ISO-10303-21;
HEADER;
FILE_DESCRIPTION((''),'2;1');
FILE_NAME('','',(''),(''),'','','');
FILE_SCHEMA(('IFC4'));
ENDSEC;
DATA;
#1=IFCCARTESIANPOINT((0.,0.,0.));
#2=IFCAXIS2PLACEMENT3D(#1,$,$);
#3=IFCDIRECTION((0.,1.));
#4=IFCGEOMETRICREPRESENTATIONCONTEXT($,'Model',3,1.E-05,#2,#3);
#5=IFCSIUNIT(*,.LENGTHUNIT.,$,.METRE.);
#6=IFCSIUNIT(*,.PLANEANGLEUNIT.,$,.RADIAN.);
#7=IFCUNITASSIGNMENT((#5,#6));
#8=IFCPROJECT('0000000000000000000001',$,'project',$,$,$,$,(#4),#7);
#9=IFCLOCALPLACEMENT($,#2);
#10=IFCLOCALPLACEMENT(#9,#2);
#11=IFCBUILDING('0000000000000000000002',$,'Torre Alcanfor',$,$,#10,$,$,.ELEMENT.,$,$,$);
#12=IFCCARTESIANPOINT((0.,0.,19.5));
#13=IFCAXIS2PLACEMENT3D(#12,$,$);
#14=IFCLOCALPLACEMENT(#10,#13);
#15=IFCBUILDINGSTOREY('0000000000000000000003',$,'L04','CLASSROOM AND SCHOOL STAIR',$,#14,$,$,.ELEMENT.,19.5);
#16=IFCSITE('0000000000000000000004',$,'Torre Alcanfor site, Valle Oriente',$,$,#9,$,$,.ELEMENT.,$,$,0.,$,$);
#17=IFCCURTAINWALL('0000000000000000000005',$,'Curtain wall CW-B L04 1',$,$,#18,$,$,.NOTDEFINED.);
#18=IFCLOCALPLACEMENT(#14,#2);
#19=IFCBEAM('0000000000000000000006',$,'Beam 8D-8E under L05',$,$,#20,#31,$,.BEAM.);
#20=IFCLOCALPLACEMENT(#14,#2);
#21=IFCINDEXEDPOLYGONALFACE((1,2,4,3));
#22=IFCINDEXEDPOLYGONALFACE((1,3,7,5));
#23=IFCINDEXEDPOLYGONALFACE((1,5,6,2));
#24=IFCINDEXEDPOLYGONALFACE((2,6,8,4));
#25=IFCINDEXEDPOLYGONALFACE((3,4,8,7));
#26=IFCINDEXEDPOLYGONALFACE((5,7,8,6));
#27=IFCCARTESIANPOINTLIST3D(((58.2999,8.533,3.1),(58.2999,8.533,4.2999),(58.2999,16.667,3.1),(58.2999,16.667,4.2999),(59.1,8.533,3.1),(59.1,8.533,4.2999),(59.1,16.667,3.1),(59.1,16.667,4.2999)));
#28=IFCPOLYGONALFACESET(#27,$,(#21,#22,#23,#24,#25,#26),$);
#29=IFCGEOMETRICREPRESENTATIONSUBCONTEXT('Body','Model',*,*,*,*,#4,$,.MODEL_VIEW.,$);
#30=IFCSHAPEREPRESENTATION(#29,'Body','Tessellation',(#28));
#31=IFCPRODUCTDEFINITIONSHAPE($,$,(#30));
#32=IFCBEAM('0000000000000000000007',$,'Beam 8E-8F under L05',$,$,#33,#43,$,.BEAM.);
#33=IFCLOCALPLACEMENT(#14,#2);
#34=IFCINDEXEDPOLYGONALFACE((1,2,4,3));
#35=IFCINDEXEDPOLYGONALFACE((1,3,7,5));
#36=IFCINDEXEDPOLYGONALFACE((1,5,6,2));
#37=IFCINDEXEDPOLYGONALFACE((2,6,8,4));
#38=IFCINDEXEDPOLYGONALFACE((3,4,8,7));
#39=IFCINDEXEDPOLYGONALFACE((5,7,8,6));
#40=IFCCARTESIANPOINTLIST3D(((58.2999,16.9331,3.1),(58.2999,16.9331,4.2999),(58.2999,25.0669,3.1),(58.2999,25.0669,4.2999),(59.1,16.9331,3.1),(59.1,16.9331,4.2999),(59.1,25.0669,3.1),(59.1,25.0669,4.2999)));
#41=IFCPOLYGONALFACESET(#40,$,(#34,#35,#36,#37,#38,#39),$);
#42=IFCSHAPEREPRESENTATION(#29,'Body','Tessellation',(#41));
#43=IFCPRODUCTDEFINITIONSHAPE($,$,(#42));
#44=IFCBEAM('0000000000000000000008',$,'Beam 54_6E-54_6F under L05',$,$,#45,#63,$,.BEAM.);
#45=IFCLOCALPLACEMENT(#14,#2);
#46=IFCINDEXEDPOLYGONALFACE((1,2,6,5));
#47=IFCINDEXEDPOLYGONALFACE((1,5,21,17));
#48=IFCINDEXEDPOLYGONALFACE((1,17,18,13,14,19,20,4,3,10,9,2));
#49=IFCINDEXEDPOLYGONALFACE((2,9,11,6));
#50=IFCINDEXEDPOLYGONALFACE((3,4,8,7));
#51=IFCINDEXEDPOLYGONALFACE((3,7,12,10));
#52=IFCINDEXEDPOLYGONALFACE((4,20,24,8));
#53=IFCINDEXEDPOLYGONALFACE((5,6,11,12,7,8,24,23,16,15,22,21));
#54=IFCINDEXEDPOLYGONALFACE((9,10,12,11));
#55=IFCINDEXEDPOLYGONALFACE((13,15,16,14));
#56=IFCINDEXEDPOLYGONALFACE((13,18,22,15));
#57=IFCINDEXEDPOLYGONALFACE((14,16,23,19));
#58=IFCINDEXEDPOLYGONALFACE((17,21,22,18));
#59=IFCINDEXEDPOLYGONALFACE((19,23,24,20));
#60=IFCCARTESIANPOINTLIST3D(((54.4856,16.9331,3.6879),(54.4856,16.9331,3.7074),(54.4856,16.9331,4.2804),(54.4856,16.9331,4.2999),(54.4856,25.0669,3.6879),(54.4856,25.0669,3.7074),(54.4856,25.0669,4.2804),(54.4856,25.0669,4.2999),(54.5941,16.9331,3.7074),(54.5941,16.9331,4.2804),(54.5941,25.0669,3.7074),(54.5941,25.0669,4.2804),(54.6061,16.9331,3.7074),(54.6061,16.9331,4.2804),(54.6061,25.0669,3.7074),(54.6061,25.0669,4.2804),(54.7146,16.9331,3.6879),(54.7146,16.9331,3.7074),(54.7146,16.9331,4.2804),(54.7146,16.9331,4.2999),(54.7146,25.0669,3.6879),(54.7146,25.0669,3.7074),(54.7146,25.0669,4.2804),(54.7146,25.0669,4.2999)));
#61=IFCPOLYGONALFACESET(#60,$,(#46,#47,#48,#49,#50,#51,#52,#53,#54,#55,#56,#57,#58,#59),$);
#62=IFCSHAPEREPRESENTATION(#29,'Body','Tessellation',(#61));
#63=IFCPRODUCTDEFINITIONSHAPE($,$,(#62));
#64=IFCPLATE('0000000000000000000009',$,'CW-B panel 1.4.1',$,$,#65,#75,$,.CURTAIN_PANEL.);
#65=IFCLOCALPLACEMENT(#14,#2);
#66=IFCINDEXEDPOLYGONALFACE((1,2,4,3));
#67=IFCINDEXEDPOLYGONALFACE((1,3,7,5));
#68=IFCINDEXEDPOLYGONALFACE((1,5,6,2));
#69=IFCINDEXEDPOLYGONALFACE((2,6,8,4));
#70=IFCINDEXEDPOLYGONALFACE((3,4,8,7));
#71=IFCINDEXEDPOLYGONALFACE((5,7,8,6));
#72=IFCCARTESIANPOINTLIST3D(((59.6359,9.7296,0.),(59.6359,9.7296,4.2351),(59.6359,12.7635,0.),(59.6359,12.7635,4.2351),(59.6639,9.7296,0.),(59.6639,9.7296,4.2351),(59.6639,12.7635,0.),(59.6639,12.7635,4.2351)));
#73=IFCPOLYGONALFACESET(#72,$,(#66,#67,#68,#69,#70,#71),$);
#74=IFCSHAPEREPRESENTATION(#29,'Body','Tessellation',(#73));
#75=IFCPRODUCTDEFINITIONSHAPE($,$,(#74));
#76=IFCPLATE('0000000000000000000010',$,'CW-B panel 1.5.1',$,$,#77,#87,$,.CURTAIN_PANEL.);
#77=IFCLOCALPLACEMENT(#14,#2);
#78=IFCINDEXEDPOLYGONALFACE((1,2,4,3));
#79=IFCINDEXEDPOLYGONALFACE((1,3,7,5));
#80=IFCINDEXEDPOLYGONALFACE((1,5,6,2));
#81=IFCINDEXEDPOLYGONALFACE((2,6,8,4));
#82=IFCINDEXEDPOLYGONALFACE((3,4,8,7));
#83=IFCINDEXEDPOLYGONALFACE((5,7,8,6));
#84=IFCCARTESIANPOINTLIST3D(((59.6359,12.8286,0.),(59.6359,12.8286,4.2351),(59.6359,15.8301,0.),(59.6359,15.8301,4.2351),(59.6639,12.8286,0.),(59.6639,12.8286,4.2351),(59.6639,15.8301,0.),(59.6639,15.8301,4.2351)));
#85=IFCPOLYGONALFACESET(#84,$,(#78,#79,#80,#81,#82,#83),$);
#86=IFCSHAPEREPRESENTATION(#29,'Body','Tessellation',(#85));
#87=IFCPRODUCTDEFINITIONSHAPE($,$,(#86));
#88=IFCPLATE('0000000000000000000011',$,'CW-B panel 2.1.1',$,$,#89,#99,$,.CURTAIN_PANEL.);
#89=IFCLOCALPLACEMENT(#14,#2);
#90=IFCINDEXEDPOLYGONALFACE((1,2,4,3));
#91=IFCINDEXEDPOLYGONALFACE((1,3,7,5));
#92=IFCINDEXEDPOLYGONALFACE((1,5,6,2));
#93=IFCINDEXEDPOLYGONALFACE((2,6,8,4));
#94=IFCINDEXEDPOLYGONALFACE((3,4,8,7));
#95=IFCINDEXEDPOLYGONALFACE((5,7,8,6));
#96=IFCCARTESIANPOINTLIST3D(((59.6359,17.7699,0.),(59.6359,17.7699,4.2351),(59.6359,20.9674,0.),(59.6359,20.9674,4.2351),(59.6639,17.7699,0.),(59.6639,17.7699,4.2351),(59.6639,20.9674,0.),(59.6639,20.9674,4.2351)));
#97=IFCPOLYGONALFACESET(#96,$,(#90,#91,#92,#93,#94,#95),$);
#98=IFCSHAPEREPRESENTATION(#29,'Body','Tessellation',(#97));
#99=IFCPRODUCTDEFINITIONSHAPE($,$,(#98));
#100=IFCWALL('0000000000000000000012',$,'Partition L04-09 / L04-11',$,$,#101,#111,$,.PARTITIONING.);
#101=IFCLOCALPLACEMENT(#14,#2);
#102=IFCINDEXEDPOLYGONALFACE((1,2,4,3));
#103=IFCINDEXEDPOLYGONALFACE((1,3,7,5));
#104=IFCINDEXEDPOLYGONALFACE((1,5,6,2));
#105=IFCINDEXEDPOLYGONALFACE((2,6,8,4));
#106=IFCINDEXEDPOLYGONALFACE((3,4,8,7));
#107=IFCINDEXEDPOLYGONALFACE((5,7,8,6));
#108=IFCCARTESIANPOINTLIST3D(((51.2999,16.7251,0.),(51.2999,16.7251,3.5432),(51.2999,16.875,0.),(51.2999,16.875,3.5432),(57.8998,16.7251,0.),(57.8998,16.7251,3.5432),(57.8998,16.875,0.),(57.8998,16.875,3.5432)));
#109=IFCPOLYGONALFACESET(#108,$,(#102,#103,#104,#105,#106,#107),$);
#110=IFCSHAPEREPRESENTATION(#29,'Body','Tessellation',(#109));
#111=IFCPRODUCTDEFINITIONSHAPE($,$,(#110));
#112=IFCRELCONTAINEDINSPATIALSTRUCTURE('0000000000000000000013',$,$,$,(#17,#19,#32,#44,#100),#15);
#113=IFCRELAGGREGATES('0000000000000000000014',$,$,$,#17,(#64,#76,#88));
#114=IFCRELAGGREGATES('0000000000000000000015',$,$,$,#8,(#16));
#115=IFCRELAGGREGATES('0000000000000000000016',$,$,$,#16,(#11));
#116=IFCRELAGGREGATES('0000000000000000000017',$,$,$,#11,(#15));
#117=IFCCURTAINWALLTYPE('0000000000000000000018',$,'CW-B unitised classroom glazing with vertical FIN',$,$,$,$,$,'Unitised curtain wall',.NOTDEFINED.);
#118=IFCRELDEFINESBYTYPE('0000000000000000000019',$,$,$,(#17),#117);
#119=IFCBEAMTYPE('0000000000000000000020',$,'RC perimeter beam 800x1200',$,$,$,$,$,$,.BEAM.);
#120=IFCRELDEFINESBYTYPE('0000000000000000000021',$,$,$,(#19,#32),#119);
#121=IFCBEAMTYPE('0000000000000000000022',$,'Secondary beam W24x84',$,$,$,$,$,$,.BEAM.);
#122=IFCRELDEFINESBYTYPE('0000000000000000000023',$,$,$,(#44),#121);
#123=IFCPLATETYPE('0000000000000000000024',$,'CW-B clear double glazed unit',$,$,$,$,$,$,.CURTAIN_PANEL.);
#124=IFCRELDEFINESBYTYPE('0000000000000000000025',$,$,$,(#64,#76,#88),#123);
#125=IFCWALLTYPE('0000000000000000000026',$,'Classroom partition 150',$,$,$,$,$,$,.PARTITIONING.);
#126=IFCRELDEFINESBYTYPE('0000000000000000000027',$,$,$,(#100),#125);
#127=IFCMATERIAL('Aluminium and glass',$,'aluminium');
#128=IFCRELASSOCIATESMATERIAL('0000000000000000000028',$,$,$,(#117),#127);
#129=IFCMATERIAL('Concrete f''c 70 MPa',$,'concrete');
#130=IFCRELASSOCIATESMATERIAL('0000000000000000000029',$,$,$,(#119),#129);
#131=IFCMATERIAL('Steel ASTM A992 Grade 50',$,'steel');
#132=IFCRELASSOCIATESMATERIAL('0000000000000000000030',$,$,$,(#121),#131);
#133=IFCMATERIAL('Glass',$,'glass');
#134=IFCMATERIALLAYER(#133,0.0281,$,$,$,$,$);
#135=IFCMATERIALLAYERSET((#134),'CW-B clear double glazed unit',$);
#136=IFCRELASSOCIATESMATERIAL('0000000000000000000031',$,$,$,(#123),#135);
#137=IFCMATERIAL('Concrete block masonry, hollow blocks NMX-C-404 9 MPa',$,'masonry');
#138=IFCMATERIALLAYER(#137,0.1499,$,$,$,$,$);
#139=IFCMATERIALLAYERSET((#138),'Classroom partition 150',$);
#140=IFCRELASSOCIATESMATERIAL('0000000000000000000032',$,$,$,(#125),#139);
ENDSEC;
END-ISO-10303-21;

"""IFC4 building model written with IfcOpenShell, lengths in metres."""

from ifc_helpers import new_model, si_unit, direction, frame, frame_2d, origin, origin_2d, place, context, subcontext, project, spatial, rectangle, i_section, extrude, material, layer, layer_set, material_profile, profile_set, type_object, element, aggregate, save


model = new_model("IFC4")

# Units and contexts
model_context = context("Model", 3, precision=1e-05, world=origin(), true_north=direction((0.0, 1.0)))
body_context = subcontext(model_context, "Body", "Model", "MODEL_VIEW")
ifc_project = project(units=[si_unit("LENGTHUNIT", "METRE"), si_unit("PLANEANGLEUNIT", "RADIAN")], contexts=[model_context])

# Site, building, storey
site_placement = place(None, origin())
site = spatial("IfcSite", under=ifc_project, at=site_placement, Name="Torre Alcanfor site, Valle Oriente", CompositionType="ELEMENT", RefElevation=0.0)
building_placement = place(site_placement, origin())
building = spatial("IfcBuilding", under=site, at=building_placement, Name="Torre Alcanfor", CompositionType="ELEMENT")
storey_placement = place(building_placement, frame((0.0, 0.0, 19.5)))
storey = spatial("IfcBuildingStorey", under=building, at=storey_placement, Name="L04", Description="CLASSROOM AND SCHOOL STAIR", CompositionType="ELEMENT", Elevation=19.5)

# Curtain wall
ifc_material_1 = material(Name="Aluminium and glass", Category="aluminium")
curtain_wall_type = type_object("IfcCurtainWallType", Name="CW-B unitised classroom glazing with vertical FIN", ElementType="Unitised curtain wall", PredefinedType="NOTDEFINED", material=ifc_material_1)
curtain_wall_placement = place(storey_placement, origin())
curtain_wall = element("IfcCurtainWall", 1, at=curtain_wall_placement, inside=storey, type_object=curtain_wall_type, Name="Curtain wall CW-B L04 1", PredefinedType="NOTDEFINED")

# Beams
ifc_material_2 = material(Name="Concrete f'c 70 MPa", Category="concrete")
ifc_material_profile_1 = material_profile(ifc_material_2, rectangle(XDim=0.8, YDim=1.2, at=origin_2d()), Name="800x1200")
ifc_profile_set_1 = profile_set([ifc_material_profile_1], Name="Concrete f'c 70 MPa")
beam_type_1 = type_object("IfcBeamType", Name="RC perimeter beam 800x1200", PredefinedType="BEAM", material=ifc_profile_set_1)
beam_1_placement = place(storey_placement, frame((58.7, 8.533, 3.7), z_axis=(0.0, 1.0, 0.0), x_axis=(-1.0, 0.0, 0.0)))
element("IfcBeam", 2, at=beam_1_placement, inside=storey, type_object=beam_type_1, Name="Beam 8D-8E under L05", PredefinedType="BEAM", context=body_context, shape_type="SweptSolid", body=[
    extrude(rectangle(XDim=0.8, YDim=1.2, at=origin_2d()), origin(), (0.0, 0.0, 1.0), 8.134),
])
beam_2_placement = place(storey_placement, frame((58.7, 16.9331, 3.7), z_axis=(0.0, 1.0, 0.0), x_axis=(-1.0, 0.0, 0.0)))
element("IfcBeam", 3, at=beam_2_placement, inside=storey, type_object=beam_type_1, Name="Beam 8E-8F under L05", PredefinedType="BEAM", context=body_context, shape_type="SweptSolid", body=[
    extrude(rectangle(XDim=0.8, YDim=1.2, at=origin_2d()), origin(), (0.0, 0.0, 1.0), 8.1338),
])
ifc_material_3 = material(Name="Steel ASTM A992 Grade 50", Category="steel")
ifc_material_profile_2 = material_profile(ifc_material_3, i_section(OverallWidth=0.229, OverallDepth=0.6121, WebThickness=0.012, FlangeThickness=0.0195, at=origin_2d()), Name="W24x84")
ifc_profile_set_2 = profile_set([ifc_material_profile_2], Name="Steel ASTM A992 Grade 50")
beam_type_2 = type_object("IfcBeamType", Name="Secondary beam W24x84", PredefinedType="BEAM", material=ifc_profile_set_2)
beam_3_placement = place(storey_placement, frame((54.6001, 16.9331, 3.9939), z_axis=(0.0, 1.0, 0.0), x_axis=(-1.0, 0.0, 0.0)))
element("IfcBeam", 4, at=beam_3_placement, inside=storey, type_object=beam_type_2, Name="Beam 54_6E-54_6F under L05", PredefinedType="BEAM", context=body_context, shape_type="SweptSolid", body=[
    extrude(i_section(OverallWidth=0.229, OverallDepth=0.6121, WebThickness=0.012, FlangeThickness=0.0195, at=origin_2d()), origin(), (0.0, 0.0, 1.0), 8.1338),
])

# Plates
ifc_material_4 = material(Name="Glass", Category="glass")
ifc_layer_1 = layer(ifc_material_4, 0.0281)
ifc_layer_set_1 = layer_set([ifc_layer_1], Name="CW-B clear double glazed unit")
plate_type = type_object("IfcPlateType", Name="CW-B clear double glazed unit", PredefinedType="CURTAIN_PANEL", material=ifc_layer_set_1)
plate_1_placement = place(storey_placement, frame((59.6499, 11.2466, 0.0), z_axis=(0.0, 0.0, 1.0), x_axis=(0.0, 1.0, 0.0)))
plate_1 = element("IfcPlate", 5, at=plate_1_placement, type_object=plate_type, Name="CW-B panel 1.4.1", PredefinedType="CURTAIN_PANEL", context=body_context, shape_type="SweptSolid", body=[
    extrude(rectangle(XDim=3.0339, YDim=0.0281, at=origin_2d()), origin(), (0.0, 0.0, 1.0), 4.2351),
])
plate_2_placement = place(storey_placement, frame((59.6499, 14.3293, 0.0), z_axis=(0.0, 0.0, 1.0), x_axis=(0.0, 1.0, 0.0)))
plate_2 = element("IfcPlate", 6, at=plate_2_placement, type_object=plate_type, Name="CW-B panel 1.5.1", PredefinedType="CURTAIN_PANEL", context=body_context, shape_type="SweptSolid", body=[
    extrude(rectangle(XDim=3.0015, YDim=0.0281, at=origin_2d()), origin(), (0.0, 0.0, 1.0), 4.2351),
])
plate_3_placement = place(storey_placement, frame((59.6499, 19.3687, 0.0), z_axis=(0.0, 0.0, 1.0), x_axis=(0.0, 1.0, 0.0)))
plate_3 = element("IfcPlate", 7, at=plate_3_placement, type_object=plate_type, Name="CW-B panel 2.1.1", PredefinedType="CURTAIN_PANEL", context=body_context, shape_type="SweptSolid", body=[
    extrude(rectangle(XDim=3.1975, YDim=0.0281, at=origin_2d()), origin(), (0.0, 0.0, 1.0), 4.2351),
])
aggregate(curtain_wall, [plate_1, plate_2, plate_3])

# Wall
ifc_material_5 = material(Name="Concrete block masonry, hollow blocks NMX-C-404 9 MPa", Category="masonry")
ifc_layer_2 = layer(ifc_material_5, 0.1499)
ifc_layer_set_2 = layer_set([ifc_layer_2], Name="Classroom partition 150")
wall_type = type_object("IfcWallType", Name="Classroom partition 150", PredefinedType="PARTITIONING", material=ifc_layer_set_2)
wall_placement = place(storey_placement, frame((51.3, 16.8, 0.0), z_axis=(0.0, 0.0, 1.0), x_axis=(1.0, 0.0, 0.0)))
element("IfcWall", 8, at=wall_placement, inside=storey, type_object=wall_type, Name="Partition L04-09 / L04-11", PredefinedType="PARTITIONING", context=body_context, shape_type="SweptSolid", body=[
    extrude(rectangle(XDim=6.5999, YDim=0.1499, at=frame_2d((3.2998, 0.0))), origin(), (0.0, 0.0, 1.0), 3.5432),
])

save(model, "model.ifc")
